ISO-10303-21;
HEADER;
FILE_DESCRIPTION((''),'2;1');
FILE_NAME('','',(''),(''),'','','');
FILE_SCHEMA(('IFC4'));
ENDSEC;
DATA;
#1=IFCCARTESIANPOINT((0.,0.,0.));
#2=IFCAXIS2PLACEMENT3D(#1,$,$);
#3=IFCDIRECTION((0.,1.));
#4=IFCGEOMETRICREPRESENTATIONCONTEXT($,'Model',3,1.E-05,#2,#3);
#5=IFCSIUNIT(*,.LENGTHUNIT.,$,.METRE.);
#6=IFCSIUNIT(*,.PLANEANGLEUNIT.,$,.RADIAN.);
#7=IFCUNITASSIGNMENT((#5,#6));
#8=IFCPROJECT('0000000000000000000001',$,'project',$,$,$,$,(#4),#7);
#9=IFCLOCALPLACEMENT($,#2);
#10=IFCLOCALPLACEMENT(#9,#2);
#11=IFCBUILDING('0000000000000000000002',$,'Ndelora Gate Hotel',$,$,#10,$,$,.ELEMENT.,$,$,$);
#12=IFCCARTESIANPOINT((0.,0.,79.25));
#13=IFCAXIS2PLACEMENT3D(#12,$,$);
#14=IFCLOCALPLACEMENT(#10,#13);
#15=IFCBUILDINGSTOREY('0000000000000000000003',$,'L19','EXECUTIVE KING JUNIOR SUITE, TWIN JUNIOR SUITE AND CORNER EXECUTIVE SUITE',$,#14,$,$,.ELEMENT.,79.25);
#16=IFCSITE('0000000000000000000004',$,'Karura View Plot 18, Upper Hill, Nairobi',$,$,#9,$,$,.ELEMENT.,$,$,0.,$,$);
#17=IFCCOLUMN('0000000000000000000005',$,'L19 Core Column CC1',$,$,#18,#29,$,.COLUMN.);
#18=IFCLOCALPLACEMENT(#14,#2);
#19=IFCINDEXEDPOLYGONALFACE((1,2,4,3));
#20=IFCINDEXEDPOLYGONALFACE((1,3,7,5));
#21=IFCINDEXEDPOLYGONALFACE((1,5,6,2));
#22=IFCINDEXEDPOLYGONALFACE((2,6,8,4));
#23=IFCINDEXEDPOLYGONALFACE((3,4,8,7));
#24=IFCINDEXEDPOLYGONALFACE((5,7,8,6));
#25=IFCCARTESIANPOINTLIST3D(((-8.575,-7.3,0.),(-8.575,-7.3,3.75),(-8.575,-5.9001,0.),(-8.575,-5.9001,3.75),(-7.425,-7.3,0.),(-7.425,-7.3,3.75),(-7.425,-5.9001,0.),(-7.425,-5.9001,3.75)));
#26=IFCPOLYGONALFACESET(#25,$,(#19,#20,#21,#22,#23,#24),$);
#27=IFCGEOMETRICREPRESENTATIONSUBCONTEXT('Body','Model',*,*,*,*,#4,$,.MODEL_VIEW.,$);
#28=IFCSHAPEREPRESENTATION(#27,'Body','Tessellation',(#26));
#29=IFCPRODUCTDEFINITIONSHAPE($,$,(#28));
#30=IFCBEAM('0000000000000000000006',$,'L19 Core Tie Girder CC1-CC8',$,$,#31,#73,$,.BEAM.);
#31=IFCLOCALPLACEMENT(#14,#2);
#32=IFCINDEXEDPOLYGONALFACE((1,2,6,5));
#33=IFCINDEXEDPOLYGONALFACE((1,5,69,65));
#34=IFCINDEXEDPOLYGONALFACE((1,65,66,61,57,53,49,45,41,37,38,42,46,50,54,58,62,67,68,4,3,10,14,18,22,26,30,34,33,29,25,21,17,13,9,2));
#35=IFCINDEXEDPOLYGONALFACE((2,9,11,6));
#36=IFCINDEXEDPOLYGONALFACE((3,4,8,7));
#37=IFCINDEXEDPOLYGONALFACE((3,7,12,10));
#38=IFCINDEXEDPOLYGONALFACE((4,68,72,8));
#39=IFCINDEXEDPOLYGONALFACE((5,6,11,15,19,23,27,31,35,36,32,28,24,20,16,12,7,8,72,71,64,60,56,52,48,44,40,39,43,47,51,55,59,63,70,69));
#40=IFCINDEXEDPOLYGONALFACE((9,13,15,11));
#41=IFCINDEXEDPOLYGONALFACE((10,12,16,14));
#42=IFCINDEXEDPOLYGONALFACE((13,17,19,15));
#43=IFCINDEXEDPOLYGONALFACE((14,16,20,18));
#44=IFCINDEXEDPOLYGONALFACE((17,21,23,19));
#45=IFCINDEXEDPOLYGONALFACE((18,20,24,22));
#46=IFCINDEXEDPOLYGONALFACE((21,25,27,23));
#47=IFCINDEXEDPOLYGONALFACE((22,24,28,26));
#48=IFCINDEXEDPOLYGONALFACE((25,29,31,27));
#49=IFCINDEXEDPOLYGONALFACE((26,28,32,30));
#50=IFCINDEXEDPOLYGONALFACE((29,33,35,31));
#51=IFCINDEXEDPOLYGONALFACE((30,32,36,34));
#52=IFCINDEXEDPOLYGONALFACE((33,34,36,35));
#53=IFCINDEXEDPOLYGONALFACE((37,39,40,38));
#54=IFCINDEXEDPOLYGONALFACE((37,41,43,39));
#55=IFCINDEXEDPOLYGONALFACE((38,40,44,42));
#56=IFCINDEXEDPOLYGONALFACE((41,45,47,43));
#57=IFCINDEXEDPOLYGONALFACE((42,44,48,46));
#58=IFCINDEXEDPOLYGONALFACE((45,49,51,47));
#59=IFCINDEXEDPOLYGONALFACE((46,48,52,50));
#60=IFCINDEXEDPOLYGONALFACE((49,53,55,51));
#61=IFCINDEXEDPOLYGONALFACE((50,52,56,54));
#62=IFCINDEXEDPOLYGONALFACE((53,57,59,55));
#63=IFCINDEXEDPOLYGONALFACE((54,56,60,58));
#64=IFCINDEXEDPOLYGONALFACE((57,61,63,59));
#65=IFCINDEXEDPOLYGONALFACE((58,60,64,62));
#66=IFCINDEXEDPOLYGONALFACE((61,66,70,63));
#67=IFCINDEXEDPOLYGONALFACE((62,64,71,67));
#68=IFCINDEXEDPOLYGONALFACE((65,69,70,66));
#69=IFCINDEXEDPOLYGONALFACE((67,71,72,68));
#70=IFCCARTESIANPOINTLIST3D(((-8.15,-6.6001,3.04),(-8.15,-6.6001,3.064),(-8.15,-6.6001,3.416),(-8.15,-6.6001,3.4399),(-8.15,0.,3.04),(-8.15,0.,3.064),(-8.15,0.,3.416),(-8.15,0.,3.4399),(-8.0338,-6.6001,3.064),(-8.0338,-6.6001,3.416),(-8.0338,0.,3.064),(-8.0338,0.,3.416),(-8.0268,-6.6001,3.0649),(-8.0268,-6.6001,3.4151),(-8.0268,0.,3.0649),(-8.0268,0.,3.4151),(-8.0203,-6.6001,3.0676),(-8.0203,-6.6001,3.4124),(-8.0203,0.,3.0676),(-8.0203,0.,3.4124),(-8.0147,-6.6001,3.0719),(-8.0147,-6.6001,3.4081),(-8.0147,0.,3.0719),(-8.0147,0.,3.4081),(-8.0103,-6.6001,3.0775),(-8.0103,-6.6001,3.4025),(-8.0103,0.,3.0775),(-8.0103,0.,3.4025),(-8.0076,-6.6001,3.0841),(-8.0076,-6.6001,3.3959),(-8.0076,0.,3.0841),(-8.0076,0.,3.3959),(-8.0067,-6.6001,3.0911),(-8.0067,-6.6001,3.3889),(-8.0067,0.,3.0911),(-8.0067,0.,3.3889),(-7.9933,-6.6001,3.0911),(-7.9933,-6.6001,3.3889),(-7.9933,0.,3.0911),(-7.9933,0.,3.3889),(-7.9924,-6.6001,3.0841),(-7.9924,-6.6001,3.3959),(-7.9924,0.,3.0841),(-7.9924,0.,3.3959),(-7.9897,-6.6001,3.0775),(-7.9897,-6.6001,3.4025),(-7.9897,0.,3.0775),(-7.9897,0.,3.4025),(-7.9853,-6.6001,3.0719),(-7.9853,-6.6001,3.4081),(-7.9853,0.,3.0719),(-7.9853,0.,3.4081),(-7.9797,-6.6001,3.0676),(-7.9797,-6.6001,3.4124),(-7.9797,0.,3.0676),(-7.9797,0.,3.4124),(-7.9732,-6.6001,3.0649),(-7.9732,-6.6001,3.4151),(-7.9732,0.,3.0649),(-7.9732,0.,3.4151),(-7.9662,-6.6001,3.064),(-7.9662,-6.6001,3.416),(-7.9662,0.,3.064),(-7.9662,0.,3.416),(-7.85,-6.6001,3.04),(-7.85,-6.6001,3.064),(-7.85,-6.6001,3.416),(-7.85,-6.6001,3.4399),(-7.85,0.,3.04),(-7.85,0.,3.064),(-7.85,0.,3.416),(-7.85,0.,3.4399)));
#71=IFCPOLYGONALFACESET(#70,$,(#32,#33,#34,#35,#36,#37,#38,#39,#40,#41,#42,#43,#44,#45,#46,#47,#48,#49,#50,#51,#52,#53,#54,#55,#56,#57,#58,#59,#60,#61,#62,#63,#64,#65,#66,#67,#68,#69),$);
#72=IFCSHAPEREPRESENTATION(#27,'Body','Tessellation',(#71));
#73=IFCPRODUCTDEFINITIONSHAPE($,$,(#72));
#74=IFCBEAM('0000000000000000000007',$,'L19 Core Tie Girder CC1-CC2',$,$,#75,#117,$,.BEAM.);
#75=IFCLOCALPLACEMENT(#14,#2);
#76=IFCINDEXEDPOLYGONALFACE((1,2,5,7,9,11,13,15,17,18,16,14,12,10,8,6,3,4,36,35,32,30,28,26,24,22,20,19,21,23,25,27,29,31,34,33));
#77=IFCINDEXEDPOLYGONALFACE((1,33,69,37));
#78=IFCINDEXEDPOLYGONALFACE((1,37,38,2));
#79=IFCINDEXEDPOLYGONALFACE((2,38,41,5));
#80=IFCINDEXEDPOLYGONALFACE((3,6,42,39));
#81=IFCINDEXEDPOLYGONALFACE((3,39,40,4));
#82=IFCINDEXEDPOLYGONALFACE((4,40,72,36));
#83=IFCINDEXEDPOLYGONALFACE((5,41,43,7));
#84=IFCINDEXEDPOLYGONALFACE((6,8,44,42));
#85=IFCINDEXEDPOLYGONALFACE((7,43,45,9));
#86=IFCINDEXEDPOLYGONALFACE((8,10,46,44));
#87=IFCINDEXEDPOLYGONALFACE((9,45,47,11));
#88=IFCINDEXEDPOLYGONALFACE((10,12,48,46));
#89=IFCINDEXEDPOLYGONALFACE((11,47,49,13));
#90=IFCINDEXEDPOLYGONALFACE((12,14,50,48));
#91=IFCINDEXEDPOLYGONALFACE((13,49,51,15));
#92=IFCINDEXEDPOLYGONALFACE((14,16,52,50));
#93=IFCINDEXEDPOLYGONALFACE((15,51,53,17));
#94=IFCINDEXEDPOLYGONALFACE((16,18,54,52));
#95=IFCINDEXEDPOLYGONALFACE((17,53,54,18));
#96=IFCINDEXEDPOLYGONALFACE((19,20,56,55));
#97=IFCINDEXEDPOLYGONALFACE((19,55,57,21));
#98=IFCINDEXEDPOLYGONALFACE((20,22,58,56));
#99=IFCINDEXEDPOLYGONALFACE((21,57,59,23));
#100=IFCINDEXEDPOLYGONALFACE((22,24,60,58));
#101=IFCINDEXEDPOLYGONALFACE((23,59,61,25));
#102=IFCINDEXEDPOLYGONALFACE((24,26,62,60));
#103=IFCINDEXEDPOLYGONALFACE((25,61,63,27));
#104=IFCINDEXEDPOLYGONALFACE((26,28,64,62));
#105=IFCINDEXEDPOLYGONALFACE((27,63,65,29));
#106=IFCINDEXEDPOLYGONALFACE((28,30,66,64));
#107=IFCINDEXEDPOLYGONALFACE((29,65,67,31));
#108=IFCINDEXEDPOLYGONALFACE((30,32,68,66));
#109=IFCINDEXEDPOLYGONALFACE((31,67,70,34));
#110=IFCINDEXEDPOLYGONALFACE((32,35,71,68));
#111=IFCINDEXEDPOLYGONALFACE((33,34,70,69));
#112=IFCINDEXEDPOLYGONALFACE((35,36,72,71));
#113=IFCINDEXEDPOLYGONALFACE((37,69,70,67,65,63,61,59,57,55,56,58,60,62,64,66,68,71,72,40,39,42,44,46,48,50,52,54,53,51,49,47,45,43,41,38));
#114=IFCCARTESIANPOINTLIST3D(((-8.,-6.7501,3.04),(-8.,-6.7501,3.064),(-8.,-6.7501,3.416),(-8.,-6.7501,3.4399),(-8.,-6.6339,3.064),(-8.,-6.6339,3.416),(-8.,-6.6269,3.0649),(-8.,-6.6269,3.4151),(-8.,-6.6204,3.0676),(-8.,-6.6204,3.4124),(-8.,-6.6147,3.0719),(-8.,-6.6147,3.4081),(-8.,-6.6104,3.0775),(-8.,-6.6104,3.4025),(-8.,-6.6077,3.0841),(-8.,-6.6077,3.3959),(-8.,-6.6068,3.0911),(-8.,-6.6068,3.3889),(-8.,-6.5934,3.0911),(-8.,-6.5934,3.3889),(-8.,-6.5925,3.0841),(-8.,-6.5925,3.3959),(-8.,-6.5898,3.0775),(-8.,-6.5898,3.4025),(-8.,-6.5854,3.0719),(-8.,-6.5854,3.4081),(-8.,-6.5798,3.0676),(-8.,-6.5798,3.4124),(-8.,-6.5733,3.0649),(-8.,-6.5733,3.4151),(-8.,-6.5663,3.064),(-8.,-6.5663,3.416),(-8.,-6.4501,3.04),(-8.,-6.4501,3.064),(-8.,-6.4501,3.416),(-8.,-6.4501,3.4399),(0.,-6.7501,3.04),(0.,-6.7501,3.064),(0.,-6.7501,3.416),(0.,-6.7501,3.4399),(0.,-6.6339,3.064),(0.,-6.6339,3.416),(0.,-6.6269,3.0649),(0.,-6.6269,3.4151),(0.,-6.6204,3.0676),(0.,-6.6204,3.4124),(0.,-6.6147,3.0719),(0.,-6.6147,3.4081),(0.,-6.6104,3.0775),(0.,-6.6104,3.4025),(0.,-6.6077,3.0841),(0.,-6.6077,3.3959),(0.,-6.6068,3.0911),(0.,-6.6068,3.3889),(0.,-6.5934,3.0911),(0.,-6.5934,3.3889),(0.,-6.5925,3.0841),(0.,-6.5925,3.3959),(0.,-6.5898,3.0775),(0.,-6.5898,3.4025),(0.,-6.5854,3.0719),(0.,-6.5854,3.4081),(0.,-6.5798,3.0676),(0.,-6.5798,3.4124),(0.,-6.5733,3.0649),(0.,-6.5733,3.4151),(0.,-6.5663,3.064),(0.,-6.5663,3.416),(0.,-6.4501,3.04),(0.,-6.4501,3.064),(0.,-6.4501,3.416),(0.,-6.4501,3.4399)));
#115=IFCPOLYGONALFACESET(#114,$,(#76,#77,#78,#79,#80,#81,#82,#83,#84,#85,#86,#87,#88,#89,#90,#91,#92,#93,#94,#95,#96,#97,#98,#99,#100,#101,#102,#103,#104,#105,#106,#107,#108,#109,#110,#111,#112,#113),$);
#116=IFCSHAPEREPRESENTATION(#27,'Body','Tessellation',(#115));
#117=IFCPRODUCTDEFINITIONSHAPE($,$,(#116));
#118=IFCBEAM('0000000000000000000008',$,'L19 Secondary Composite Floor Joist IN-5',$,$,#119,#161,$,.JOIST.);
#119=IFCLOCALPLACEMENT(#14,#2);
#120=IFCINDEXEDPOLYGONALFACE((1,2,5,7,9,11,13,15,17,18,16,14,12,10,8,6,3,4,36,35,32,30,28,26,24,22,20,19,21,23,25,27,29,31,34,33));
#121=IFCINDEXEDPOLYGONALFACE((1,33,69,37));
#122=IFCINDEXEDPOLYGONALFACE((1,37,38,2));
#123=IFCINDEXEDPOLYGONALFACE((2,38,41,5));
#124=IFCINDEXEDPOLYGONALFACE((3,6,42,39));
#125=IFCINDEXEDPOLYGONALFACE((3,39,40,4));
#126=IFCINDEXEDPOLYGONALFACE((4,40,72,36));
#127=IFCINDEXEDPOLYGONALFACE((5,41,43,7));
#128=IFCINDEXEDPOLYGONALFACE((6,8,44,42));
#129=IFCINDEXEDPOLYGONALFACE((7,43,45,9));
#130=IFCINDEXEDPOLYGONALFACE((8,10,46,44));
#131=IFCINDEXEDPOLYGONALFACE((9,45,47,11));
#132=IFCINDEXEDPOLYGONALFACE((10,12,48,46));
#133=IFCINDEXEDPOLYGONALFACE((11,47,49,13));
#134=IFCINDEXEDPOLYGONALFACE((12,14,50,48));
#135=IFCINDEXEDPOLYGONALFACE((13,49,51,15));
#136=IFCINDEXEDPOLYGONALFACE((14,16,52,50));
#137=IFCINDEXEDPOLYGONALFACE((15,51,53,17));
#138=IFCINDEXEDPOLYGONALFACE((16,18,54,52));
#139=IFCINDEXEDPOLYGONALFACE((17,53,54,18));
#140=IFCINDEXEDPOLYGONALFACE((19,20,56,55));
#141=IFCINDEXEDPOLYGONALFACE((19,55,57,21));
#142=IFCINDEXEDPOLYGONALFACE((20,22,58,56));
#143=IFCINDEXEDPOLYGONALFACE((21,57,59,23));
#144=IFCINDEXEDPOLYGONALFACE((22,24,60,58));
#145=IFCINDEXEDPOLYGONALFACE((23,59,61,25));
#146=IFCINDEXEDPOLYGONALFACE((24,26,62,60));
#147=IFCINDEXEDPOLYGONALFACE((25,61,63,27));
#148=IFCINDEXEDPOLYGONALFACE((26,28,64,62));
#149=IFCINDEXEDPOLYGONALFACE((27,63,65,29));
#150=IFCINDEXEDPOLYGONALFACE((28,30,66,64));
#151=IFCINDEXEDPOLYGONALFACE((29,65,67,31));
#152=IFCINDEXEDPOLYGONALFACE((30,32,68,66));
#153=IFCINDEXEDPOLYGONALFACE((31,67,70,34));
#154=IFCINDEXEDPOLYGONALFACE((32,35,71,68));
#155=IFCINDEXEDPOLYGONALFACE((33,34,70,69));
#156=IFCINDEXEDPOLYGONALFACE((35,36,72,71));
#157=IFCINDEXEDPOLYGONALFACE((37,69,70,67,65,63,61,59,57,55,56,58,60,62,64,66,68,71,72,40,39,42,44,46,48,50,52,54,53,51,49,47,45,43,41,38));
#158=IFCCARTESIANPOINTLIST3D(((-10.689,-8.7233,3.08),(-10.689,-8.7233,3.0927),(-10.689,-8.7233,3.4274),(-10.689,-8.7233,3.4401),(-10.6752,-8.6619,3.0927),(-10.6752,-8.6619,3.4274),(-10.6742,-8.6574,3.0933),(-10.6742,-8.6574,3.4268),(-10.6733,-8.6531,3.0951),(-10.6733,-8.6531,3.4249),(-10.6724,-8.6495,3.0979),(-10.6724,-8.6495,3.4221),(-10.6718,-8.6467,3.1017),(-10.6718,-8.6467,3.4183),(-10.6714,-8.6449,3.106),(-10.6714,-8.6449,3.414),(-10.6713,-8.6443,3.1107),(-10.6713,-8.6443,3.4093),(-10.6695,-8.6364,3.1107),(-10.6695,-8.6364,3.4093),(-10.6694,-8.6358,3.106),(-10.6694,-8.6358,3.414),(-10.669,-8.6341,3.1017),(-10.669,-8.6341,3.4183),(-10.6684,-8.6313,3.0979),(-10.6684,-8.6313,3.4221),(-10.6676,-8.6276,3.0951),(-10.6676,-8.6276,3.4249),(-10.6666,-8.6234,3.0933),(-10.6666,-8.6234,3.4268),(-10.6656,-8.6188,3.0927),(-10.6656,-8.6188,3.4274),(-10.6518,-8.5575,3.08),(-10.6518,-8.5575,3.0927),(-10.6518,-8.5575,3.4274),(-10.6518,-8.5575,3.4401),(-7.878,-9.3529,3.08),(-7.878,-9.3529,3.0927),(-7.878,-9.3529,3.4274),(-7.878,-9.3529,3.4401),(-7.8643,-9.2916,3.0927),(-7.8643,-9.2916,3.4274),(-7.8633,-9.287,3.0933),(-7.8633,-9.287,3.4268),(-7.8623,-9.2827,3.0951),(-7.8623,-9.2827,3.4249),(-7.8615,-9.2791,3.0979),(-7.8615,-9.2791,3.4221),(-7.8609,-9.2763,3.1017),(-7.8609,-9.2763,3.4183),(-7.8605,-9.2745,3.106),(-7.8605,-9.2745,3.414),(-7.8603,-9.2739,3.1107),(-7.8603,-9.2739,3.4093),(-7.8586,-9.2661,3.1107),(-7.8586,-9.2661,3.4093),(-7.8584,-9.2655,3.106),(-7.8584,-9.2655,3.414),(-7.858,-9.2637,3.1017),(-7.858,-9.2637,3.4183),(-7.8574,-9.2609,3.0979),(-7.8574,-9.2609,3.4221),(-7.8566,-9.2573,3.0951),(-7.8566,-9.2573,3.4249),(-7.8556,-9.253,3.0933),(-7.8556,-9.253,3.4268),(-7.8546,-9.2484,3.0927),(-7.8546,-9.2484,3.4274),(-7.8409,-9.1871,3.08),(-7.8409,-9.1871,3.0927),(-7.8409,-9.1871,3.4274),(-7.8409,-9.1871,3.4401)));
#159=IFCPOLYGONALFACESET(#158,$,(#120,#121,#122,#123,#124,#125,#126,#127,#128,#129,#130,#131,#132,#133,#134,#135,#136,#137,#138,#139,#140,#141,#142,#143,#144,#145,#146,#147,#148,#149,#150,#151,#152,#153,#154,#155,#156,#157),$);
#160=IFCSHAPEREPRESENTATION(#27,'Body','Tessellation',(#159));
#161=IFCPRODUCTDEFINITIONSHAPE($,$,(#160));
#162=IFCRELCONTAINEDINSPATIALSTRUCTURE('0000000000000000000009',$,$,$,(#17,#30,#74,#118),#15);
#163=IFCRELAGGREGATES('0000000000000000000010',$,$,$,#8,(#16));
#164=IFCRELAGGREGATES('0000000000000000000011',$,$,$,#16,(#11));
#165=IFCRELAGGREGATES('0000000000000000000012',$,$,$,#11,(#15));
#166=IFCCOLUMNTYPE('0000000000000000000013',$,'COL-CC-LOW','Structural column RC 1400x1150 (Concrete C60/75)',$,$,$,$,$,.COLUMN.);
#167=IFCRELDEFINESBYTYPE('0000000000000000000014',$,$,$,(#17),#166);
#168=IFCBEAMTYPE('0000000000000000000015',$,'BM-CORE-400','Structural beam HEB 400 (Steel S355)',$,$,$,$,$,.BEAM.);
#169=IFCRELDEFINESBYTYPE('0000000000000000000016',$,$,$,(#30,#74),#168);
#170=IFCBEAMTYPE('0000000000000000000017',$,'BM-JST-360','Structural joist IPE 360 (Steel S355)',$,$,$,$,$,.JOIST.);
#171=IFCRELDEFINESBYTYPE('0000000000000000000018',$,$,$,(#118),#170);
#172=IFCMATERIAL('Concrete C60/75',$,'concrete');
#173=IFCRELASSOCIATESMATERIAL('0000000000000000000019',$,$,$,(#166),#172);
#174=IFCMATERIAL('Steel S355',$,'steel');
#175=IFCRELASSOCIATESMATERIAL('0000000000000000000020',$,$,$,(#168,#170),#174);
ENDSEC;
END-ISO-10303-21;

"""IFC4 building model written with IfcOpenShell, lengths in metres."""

from ifc_helpers import new_model, si_unit, direction, frame, origin, origin_2d, place, context, subcontext, project, spatial, rectangle, i_section, extrude, material, material_profile, profile_set, type_object, element, save


model = new_model("IFC4")

# Units and contexts
model_context = context("Model", 3, precision=1e-05, world=origin(), true_north=direction((0.0, 1.0)))
body_context = subcontext(model_context, "Body", "Model", "MODEL_VIEW")
ifc_project = project(units=[si_unit("LENGTHUNIT", "METRE"), si_unit("PLANEANGLEUNIT", "RADIAN")], contexts=[model_context])

# Site, building, storey
site_placement = place(None, origin())
site = spatial("IfcSite", under=ifc_project, at=site_placement, Name="Karura View Plot 18, Upper Hill, Nairobi", CompositionType="ELEMENT", RefElevation=0.0)
building_placement = place(site_placement, origin())
building = spatial("IfcBuilding", under=site, at=building_placement, Name="Ndelora Gate Hotel", CompositionType="ELEMENT")
storey_placement = place(building_placement, frame((0.0, 0.0, 79.25)))
storey = spatial("IfcBuildingStorey", under=building, at=storey_placement, Name="L19", Description="EXECUTIVE KING JUNIOR SUITE, TWIN JUNIOR SUITE AND CORNER EXECUTIVE SUITE", CompositionType="ELEMENT", Elevation=79.25)

# Column
ifc_material_1 = material(Name="Concrete C60/75", Category="concrete")
ifc_material_profile_1 = material_profile(ifc_material_1, rectangle(XDim=1.1499, YDim=1.3999, at=origin_2d()), Name="RC 1400x1150")
ifc_profile_set_1 = profile_set([ifc_material_profile_1], Name="Concrete C60/75")
column_type = type_object("IfcColumnType", Name="COL-CC-LOW", Description="Structural column RC 1400x1150 (Concrete C60/75)", PredefinedType="COLUMN", material=ifc_profile_set_1)
column_placement = place(storey_placement, frame((-8.0, -6.6001, 0.0), z_axis=(0.0, 0.0, 1.0), x_axis=(1.0, 0.0, 0.0)))
element("IfcColumn", 1, at=column_placement, inside=storey, type_object=column_type, Name="L19 Core Column CC1", PredefinedType="COLUMN", context=body_context, shape_type="SweptSolid", body=[
    extrude(rectangle(XDim=1.1499, YDim=1.3999, at=origin_2d()), origin(), (0.0, 0.0, 1.0), 3.75),
])

# Beams
ifc_material_2 = material(Name="Steel S355", Category="steel")
ifc_material_profile_2 = material_profile(ifc_material_2, i_section(OverallWidth=0.3, OverallDepth=0.3999, WebThickness=0.0134, FlangeThickness=0.0239, FilletRadius=0.0271, at=origin_2d()), Name="HEB 400")
ifc_profile_set_2 = profile_set([ifc_material_profile_2], Name="Steel S355")
beam_type_1 = type_object("IfcBeamType", Name="BM-CORE-400", Description="Structural beam HEB 400 (Steel S355)", PredefinedType="BEAM", material=ifc_profile_set_2)
beam_1_placement = place(storey_placement, frame((-8.0, -6.6001, 3.24), z_axis=(0.0, 1.0, 0.0), x_axis=(-1.0, 0.0, 0.0)))
element("IfcBeam", 2, at=beam_1_placement, inside=storey, type_object=beam_type_1, Name="L19 Core Tie Girder CC1-CC8", PredefinedType="BEAM", context=body_context, shape_type="SweptSolid", body=[
    extrude(i_section(OverallWidth=0.3, OverallDepth=0.3999, WebThickness=0.0134, FlangeThickness=0.0239, FilletRadius=0.0271, at=origin_2d()), origin(), (0.0, 0.0, 1.0), 6.6001),
])
beam_2_placement = place(storey_placement, frame((-8.0, -6.6001, 3.24), z_axis=(1.0, 0.0, 0.0), x_axis=(0.0, 1.0, 0.0)))
element("IfcBeam", 3, at=beam_2_placement, inside=storey, type_object=beam_type_1, Name="L19 Core Tie Girder CC1-CC2", PredefinedType="BEAM", context=body_context, shape_type="SweptSolid", body=[
    extrude(i_section(OverallWidth=0.3, OverallDepth=0.3999, WebThickness=0.0134, FlangeThickness=0.0239, FilletRadius=0.0271, at=origin_2d()), origin(), (0.0, 0.0, 1.0), 8.0),
])
ifc_material_profile_3 = material_profile(ifc_material_2, i_section(OverallWidth=0.1699, OverallDepth=0.3601, WebThickness=0.0081, FlangeThickness=0.0127, FilletRadius=0.0181, at=origin_2d()), Name="IPE 360")
ifc_profile_set_3 = profile_set([ifc_material_profile_3], Name="Steel S355")
beam_type_2 = type_object("IfcBeamType", Name="BM-JST-360", Description="Structural joist IPE 360 (Steel S355)", PredefinedType="JOIST", material=ifc_profile_set_3)
beam_3_placement = place(storey_placement, frame((-10.6704, -8.6404, 3.26), z_axis=(0.975821, -0.218572, 0.0), x_axis=(0.218572, 0.975821, 0.0)))
element("IfcBeam", 4, at=beam_3_placement, inside=storey, type_object=beam_type_2, Name="L19 Secondary Composite Floor Joist IN-5", PredefinedType="JOIST", context=body_context, shape_type="SweptSolid", body=[
    extrude(i_section(OverallWidth=0.1699, OverallDepth=0.3601, WebThickness=0.0081, FlangeThickness=0.0127, FilletRadius=0.0181, at=origin_2d()), origin(), (0.0, 0.0, 1.0), 2.8806),
])

save(model, "model.ifc")
